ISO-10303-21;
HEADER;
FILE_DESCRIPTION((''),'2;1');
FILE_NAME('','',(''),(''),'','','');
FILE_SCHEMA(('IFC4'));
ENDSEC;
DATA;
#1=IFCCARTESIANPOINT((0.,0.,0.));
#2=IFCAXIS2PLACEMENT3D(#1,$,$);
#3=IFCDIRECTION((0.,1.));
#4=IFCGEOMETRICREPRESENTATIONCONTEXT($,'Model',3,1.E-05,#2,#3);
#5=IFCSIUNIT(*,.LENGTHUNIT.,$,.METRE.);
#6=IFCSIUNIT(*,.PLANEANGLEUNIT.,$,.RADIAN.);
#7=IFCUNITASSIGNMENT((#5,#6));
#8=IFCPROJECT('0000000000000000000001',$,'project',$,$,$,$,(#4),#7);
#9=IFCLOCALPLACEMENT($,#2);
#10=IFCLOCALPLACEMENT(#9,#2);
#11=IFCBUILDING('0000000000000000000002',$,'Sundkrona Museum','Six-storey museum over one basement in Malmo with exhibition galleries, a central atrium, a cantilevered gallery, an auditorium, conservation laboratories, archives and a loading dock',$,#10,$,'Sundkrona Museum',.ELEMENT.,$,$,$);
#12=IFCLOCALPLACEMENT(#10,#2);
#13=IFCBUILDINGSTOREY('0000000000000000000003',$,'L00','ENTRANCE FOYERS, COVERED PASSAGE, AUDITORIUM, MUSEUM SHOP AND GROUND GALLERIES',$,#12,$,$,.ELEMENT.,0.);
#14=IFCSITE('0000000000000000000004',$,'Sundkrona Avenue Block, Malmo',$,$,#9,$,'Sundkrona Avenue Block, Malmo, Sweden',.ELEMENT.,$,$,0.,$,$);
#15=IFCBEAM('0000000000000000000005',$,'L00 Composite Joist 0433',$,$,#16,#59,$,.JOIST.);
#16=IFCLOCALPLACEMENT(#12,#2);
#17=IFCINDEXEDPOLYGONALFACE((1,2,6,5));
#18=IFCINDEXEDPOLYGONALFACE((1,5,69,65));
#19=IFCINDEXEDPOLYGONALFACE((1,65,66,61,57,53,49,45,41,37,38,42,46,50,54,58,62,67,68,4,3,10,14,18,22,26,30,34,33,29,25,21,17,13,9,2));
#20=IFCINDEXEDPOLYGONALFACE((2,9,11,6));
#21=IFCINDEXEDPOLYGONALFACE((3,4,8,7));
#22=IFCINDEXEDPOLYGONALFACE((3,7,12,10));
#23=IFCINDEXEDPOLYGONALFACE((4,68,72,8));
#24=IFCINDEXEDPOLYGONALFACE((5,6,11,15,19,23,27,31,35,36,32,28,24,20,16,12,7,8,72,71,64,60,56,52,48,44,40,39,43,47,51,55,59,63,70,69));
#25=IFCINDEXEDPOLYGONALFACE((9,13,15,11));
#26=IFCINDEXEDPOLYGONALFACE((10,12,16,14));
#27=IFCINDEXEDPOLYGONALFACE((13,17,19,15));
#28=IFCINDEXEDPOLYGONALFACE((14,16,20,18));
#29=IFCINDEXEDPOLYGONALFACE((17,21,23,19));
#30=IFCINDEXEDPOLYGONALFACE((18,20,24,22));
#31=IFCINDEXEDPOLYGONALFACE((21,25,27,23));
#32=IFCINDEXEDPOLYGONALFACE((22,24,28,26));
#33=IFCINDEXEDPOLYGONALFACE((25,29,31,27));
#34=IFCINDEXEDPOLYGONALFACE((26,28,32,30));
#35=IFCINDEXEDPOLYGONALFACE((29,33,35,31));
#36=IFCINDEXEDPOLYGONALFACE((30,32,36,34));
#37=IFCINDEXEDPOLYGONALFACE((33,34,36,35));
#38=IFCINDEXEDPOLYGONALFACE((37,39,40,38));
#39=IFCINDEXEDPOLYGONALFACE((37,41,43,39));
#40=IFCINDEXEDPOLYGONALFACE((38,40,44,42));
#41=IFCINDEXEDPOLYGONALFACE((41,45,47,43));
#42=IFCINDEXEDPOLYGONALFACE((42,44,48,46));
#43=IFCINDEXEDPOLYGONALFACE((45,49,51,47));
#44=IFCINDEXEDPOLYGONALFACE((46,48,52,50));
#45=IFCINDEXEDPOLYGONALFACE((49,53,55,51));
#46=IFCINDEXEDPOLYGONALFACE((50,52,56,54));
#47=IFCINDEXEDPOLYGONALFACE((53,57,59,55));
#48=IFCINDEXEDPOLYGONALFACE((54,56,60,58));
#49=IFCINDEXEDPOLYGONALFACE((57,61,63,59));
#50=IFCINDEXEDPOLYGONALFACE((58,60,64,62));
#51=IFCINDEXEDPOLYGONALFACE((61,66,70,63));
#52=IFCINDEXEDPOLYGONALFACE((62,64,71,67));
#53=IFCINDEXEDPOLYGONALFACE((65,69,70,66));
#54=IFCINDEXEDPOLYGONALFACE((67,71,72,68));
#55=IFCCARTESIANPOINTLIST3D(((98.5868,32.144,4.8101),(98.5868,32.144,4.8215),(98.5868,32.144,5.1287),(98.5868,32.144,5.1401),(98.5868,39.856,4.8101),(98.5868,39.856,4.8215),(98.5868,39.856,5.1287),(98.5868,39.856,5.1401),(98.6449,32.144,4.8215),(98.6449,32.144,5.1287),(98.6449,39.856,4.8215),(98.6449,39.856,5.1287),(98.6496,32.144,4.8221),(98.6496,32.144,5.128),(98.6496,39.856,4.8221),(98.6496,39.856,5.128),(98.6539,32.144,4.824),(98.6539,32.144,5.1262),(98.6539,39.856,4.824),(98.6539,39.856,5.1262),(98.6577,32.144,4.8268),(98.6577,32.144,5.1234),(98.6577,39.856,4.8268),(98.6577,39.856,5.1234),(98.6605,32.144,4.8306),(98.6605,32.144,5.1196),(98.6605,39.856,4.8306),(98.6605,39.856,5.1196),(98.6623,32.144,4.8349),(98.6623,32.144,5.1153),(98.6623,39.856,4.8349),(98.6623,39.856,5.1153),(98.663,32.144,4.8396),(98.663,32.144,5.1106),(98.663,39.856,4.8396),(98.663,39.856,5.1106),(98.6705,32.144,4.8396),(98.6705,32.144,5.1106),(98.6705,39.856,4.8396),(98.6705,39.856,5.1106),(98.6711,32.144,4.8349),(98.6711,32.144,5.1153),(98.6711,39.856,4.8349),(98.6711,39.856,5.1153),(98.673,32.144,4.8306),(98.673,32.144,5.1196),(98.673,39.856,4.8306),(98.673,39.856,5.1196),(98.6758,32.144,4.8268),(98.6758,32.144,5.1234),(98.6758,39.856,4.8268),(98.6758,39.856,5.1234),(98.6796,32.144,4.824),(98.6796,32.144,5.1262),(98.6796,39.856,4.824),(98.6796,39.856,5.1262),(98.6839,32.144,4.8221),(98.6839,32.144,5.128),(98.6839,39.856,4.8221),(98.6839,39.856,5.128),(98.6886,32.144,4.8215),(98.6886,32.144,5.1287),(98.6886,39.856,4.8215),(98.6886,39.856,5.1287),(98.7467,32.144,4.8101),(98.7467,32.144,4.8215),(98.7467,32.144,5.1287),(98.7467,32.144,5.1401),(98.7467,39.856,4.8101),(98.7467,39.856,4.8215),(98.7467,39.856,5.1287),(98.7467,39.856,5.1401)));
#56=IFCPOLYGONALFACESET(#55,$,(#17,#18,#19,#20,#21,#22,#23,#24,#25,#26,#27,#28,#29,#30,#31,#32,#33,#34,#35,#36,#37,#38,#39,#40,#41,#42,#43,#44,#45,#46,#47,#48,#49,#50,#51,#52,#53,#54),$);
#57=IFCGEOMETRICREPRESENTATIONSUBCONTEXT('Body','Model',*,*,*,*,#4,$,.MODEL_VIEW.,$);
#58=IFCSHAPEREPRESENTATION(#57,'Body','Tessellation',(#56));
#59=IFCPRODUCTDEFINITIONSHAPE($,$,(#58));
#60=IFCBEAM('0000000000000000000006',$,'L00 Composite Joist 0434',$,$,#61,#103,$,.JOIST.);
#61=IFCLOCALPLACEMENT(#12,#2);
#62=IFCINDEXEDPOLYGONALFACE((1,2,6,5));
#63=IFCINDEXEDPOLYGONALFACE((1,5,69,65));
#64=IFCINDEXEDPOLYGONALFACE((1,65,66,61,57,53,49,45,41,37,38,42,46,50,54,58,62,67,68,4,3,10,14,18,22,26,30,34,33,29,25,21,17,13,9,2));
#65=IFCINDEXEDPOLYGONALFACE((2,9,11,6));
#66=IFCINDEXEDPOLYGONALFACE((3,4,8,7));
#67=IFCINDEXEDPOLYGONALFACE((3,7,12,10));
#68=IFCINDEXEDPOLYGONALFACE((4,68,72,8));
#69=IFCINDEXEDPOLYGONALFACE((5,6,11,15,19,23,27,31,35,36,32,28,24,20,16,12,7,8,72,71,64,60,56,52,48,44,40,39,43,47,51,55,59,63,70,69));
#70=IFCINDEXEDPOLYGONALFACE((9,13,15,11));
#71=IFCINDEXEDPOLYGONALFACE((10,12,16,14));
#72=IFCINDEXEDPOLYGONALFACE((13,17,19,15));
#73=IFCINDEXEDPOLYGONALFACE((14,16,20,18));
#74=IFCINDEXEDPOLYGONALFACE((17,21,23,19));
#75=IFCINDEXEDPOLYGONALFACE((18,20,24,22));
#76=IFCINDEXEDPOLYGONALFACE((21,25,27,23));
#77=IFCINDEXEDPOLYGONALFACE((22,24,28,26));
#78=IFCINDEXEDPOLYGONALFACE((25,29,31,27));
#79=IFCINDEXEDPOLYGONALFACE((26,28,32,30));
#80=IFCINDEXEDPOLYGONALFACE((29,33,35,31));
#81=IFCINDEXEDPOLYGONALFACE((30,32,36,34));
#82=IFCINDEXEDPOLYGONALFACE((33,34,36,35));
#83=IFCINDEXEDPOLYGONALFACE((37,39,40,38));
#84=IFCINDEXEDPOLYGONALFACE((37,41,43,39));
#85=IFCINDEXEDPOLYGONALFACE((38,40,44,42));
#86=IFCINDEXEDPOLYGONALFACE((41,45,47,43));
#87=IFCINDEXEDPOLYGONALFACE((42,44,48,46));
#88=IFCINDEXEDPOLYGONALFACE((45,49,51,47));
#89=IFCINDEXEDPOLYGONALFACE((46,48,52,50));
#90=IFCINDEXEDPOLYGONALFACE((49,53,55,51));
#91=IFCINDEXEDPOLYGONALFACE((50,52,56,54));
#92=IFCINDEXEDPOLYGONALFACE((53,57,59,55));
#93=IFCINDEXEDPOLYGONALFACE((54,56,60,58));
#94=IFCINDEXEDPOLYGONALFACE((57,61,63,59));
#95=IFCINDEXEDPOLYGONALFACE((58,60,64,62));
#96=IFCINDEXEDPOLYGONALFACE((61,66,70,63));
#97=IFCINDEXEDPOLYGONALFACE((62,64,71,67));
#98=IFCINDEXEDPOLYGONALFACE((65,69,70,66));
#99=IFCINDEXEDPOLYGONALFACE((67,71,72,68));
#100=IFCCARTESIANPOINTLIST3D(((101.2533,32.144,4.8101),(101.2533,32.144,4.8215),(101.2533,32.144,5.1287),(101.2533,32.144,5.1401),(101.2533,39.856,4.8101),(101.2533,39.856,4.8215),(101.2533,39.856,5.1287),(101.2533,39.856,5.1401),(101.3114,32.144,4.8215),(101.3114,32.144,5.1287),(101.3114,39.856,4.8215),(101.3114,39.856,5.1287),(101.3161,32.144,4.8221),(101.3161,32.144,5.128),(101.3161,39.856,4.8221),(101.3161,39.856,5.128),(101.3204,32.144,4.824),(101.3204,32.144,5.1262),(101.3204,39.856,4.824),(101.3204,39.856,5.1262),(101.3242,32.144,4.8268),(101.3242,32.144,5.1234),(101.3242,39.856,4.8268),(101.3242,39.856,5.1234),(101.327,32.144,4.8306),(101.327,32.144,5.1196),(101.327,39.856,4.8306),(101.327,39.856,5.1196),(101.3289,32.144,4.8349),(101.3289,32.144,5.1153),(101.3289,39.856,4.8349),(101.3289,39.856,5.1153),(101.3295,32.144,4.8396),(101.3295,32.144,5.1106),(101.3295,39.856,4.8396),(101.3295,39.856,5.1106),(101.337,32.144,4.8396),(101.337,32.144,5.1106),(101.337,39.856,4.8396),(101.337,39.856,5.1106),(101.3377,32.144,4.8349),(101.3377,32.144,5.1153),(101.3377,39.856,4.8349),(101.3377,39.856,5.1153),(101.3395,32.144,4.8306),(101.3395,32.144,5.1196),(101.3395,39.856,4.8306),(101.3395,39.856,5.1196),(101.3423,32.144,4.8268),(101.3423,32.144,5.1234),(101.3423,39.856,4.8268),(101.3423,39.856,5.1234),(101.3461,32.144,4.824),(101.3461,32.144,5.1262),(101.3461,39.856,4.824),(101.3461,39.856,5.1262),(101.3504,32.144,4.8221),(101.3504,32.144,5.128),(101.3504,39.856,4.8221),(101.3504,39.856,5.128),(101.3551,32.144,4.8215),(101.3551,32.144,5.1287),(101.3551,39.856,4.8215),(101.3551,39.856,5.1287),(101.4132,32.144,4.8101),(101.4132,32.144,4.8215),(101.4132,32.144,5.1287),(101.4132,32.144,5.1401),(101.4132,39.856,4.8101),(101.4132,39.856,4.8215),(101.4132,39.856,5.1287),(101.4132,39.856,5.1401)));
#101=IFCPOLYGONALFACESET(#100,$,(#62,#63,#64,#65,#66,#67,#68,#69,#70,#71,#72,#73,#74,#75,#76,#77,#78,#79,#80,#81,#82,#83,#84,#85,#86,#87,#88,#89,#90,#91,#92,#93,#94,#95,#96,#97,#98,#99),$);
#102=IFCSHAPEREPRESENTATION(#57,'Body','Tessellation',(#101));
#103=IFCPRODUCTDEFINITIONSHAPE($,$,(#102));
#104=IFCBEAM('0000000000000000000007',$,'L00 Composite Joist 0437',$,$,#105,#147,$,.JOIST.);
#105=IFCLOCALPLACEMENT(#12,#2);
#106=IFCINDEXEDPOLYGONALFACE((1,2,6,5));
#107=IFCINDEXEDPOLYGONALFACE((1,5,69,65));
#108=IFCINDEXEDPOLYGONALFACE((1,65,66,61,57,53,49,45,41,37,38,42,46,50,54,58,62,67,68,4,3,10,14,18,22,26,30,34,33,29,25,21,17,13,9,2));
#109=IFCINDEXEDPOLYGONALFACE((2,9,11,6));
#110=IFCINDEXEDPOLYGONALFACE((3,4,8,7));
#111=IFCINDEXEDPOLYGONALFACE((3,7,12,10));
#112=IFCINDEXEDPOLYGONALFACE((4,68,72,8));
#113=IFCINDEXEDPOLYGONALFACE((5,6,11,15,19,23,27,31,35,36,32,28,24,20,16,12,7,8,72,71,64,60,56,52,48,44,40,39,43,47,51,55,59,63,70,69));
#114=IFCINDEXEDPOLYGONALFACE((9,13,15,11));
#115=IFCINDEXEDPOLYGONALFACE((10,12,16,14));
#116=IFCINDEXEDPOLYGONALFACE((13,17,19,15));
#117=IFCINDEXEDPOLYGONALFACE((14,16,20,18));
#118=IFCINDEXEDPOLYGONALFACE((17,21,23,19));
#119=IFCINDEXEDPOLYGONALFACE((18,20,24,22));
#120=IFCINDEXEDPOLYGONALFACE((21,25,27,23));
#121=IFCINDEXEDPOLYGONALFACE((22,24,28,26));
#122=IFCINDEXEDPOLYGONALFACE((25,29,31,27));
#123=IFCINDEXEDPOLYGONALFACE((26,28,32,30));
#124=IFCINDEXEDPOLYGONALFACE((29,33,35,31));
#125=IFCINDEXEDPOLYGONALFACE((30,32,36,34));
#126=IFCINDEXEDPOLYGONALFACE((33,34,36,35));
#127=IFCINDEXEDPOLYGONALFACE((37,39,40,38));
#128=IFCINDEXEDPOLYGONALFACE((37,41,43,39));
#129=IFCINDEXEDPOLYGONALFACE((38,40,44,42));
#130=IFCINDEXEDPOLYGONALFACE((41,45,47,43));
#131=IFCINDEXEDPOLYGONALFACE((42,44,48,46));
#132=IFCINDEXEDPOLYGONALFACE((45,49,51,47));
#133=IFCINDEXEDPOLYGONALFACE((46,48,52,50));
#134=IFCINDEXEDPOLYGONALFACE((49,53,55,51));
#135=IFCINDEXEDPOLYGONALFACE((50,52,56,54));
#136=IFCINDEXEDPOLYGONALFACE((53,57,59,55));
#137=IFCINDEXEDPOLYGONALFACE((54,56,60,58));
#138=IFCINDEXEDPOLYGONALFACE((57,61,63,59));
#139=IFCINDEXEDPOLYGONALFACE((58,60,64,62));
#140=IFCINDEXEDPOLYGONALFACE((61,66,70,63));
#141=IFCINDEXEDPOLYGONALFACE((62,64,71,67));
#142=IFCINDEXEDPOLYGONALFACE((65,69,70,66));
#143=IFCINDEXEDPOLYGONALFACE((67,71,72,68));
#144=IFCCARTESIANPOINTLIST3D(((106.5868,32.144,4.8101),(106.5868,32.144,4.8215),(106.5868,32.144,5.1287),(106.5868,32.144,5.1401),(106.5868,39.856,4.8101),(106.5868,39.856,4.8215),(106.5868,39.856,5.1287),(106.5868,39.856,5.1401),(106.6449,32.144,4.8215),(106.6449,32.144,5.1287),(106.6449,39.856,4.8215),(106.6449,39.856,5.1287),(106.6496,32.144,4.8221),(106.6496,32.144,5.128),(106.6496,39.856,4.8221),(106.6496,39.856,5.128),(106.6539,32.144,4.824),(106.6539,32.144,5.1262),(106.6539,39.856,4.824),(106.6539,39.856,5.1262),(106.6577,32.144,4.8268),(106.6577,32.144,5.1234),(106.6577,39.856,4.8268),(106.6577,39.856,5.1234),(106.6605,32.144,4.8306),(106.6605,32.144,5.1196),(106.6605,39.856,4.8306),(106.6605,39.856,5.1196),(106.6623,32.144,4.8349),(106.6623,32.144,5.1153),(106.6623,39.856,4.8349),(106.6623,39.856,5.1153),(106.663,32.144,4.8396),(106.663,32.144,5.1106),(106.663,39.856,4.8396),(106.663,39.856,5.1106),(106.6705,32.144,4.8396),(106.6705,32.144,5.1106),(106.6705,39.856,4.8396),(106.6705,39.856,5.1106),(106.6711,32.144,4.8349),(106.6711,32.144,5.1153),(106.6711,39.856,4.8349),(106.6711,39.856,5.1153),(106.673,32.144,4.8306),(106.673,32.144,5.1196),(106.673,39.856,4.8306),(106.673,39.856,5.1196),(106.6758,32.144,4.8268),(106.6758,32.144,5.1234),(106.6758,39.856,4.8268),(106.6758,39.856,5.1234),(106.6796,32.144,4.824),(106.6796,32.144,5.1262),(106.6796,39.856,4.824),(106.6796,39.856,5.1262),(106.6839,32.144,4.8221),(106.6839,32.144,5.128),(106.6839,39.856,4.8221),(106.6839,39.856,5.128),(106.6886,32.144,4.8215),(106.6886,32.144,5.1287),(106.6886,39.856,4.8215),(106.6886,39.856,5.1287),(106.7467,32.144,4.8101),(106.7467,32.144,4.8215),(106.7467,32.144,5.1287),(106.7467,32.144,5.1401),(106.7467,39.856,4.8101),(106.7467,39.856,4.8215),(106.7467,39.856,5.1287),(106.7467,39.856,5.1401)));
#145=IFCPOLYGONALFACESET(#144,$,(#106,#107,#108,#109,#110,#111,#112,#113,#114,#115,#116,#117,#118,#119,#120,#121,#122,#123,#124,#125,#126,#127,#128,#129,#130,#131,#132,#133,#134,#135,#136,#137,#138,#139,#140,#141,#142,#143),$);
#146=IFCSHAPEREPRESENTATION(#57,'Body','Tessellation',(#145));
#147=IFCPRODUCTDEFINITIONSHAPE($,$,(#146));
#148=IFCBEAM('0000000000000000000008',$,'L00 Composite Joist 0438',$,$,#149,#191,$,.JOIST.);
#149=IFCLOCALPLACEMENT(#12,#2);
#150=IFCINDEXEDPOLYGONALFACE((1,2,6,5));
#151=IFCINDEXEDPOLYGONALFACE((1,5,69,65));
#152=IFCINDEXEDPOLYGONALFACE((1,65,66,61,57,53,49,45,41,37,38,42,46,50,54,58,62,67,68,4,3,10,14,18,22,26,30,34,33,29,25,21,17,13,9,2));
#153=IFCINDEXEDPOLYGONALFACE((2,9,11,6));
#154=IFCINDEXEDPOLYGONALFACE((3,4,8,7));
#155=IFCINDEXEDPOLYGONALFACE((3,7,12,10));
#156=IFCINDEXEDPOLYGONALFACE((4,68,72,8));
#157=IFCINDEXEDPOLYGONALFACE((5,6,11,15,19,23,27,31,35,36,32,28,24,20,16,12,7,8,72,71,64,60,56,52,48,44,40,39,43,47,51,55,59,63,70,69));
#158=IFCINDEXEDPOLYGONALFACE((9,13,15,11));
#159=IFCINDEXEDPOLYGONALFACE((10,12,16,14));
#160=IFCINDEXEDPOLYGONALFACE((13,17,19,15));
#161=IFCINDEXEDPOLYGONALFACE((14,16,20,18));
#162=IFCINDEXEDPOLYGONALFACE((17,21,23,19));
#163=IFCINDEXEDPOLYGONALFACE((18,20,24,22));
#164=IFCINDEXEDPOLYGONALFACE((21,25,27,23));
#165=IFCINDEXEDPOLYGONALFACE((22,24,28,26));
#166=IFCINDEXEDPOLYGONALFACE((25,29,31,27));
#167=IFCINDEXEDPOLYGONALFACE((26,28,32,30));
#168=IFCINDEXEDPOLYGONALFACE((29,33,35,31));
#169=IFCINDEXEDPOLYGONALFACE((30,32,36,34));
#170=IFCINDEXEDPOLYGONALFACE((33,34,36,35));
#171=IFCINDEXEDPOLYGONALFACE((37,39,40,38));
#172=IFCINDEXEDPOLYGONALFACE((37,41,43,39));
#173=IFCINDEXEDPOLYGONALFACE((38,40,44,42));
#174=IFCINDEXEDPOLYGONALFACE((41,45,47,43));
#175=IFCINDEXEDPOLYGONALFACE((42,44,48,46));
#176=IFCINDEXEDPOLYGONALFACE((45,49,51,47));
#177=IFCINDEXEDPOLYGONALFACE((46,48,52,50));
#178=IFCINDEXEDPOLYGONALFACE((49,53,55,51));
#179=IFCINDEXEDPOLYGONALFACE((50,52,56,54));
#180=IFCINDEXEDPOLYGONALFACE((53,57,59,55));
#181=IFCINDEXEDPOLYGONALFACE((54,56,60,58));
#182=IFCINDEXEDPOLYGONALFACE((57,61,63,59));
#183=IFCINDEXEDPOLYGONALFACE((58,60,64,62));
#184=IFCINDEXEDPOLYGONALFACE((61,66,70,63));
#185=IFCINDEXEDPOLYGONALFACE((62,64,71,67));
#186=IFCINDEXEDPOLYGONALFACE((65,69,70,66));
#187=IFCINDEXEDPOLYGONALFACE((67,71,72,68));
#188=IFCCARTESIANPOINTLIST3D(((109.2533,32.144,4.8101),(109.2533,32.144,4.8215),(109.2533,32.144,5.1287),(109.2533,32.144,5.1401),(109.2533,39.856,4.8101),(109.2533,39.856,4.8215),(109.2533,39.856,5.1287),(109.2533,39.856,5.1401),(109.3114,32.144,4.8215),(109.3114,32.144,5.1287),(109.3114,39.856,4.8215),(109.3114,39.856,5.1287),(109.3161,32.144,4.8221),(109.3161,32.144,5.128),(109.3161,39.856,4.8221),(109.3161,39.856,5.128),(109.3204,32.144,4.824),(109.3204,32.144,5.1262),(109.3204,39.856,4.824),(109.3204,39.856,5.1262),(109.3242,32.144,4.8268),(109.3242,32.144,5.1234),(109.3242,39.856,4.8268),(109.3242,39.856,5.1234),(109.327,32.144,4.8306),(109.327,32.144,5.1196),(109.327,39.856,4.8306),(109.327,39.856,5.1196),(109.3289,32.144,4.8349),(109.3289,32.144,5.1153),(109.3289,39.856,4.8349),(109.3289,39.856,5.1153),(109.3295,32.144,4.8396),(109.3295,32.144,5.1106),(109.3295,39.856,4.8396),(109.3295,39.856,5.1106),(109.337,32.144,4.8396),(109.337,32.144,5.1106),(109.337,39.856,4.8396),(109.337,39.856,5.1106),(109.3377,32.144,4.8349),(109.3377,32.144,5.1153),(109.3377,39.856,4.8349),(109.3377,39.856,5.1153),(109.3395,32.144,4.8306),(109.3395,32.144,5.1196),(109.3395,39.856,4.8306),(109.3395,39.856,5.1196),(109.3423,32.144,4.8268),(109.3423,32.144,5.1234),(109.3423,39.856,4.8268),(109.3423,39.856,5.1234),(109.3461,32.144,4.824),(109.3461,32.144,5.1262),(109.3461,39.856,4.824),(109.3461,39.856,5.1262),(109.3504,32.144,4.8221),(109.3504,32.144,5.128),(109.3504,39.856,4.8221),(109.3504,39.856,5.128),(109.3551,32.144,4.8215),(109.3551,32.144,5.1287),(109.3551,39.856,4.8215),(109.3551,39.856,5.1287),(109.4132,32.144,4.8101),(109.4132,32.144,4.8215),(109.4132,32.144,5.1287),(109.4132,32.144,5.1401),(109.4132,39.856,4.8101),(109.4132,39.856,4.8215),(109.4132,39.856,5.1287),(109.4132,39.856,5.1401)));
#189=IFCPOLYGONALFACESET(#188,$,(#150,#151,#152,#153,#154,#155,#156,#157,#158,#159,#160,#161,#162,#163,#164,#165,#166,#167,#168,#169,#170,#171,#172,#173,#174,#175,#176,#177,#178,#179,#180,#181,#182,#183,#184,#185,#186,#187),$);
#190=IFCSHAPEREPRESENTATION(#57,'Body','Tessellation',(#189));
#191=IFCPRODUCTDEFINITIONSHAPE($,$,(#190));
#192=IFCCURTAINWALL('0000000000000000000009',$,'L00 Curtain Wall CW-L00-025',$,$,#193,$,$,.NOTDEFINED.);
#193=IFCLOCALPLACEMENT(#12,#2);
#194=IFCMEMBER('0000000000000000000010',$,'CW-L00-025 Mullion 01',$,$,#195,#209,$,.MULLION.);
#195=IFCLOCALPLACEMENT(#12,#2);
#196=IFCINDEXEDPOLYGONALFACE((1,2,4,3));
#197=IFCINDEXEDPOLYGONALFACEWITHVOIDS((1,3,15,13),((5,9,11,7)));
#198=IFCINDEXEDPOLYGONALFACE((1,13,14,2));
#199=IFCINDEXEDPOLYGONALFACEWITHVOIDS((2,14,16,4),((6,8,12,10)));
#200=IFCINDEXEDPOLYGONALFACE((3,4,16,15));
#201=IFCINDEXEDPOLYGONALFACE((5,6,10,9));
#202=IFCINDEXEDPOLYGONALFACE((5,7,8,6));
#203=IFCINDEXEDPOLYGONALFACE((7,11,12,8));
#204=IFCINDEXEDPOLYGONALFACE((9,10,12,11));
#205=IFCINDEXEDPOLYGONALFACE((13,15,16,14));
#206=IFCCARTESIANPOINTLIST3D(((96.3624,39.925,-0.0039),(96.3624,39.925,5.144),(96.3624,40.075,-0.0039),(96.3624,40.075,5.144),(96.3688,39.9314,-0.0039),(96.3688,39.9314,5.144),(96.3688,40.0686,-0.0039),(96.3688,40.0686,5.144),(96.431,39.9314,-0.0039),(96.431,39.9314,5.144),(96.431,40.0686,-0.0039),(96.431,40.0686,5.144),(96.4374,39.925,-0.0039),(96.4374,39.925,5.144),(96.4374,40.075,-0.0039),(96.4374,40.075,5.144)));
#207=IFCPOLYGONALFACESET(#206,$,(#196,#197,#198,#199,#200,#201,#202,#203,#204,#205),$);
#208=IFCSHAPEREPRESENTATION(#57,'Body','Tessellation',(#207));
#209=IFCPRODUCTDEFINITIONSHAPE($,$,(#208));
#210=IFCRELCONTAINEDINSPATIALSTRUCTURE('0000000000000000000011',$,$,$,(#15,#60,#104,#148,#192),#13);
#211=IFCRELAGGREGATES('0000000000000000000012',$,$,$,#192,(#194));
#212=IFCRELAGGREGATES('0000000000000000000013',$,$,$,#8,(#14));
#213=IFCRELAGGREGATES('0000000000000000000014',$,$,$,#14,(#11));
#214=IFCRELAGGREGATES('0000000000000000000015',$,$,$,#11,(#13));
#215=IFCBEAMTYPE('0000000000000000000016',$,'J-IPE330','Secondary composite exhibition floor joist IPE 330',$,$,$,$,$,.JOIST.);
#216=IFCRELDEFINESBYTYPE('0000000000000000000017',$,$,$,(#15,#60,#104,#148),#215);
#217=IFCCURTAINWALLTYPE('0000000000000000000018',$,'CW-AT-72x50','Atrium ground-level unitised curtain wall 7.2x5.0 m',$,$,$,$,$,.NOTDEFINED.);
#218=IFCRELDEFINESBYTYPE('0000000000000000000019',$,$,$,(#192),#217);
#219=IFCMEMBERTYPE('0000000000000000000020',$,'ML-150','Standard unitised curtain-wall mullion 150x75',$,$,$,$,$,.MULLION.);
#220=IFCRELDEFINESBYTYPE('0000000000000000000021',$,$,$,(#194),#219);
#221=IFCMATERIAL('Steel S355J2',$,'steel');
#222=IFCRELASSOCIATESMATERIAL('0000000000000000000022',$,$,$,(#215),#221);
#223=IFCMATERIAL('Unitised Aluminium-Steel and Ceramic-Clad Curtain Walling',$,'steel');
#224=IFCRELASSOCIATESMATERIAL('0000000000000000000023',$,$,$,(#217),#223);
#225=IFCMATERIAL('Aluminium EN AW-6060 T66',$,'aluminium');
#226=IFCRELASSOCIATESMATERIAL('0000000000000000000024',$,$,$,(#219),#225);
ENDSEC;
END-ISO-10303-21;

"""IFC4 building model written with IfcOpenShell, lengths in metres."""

from ifc_helpers import new_model, si_unit, direction, frame, origin, origin_2d, place, context, subcontext, project, spatial, hollow_rectangle, i_section, extrude, material, material_profile, profile_set, type_object, element, aggregate, save


model = new_model("IFC4")

# Units and contexts
model_context = context("Model", 3, precision=1e-05, world=origin(), true_north=direction((0.0, 1.0)))
body_context = subcontext(model_context, "Body", "Model", "MODEL_VIEW")
ifc_project = project(units=[si_unit("LENGTHUNIT", "METRE"), si_unit("PLANEANGLEUNIT", "RADIAN")], contexts=[model_context])

# Site, building, storey
site_placement = place(None, origin())
site = spatial("IfcSite", under=ifc_project, at=site_placement, Name="Sundkrona Avenue Block, Malmo", LongName="Sundkrona Avenue Block, Malmo, Sweden", CompositionType="ELEMENT", RefElevation=0.0)
building_placement = place(site_placement, origin())
building = spatial("IfcBuilding", under=site, at=building_placement, Name="Sundkrona Museum", Description="Six-storey museum over one basement in Malmo with exhibition galleries, a central atrium, a cantilevered gallery, an auditorium, conservation laboratories, archives and a loading dock", LongName="Sundkrona Museum", CompositionType="ELEMENT")
storey_placement = place(building_placement, origin())
storey = spatial("IfcBuildingStorey", under=building, at=storey_placement, Name="L00", Description="ENTRANCE FOYERS, COVERED PASSAGE, AUDITORIUM, MUSEUM SHOP AND GROUND GALLERIES", CompositionType="ELEMENT", Elevation=0.0)

# Shared definitions
ifc_material_1 = material(Name="Steel S355J2", Category="steel")

# Beams
ifc_material_profile_1 = material_profile(ifc_material_1, i_section(OverallWidth=0.1599, OverallDepth=0.3301, WebThickness=0.0076, FlangeThickness=0.0115, FilletRadius=0.0181, at=origin_2d()), Name="IPE 330")
ifc_profile_set_1 = profile_set([ifc_material_profile_1], Name="Steel S355J2")
beam_type_1 = type_object("IfcBeamType", Name="J-IPE330", Description="Secondary composite exhibition floor joist IPE 330", PredefinedType="JOIST", material=ifc_profile_set_1)
for number, where, z_axis, x_axis, name in (
    (1, (98.6667, 32.144, 4.9751), (0.0, 1.0, 0.0), (-1.0, 0.0, 0.0), "L00 Composite Joist 0433"),
    (2, (101.3333, 32.144, 4.9751), (0.0, 1.0, 0.0), (-1.0, 0.0, 0.0), "L00 Composite Joist 0434"),
    (3, (106.6667, 32.144, 4.9751), (0.0, 1.0, 0.0), (-1.0, 0.0, 0.0), "L00 Composite Joist 0437"),
    (4, (109.3333, 32.144, 4.9751), (0.0, 1.0, 0.0), (-1.0, 0.0, 0.0), "L00 Composite Joist 0438"),
):
    element("IfcBeam", number, at=place(storey_placement, frame(where, z_axis=z_axis, x_axis=x_axis)), inside=storey, type_object=beam_type_1, Name=name, PredefinedType="JOIST", context=body_context, shape_type="SweptSolid", body=[
        extrude(i_section(OverallWidth=0.1599, OverallDepth=0.3301, WebThickness=0.0076, FlangeThickness=0.0115, FilletRadius=0.0181, at=origin_2d()), origin(), (0.0, 0.0, 1.0), 7.7119),
    ])

# Curtain wall, member
ifc_material_2 = material(Name="Unitised Aluminium-Steel and Ceramic-Clad Curtain Walling", Category="steel")
curtain_wall_type = type_object("IfcCurtainWallType", Name="CW-AT-72x50", Description="Atrium ground-level unitised curtain wall 7.2x5.0 m", PredefinedType="NOTDEFINED", material=ifc_material_2)
curtain_wall_placement = place(storey_placement, origin())
curtain_wall = element("IfcCurtainWall", 5, at=curtain_wall_placement, inside=storey, type_object=curtain_wall_type, Name="L00 Curtain Wall CW-L00-025", PredefinedType="NOTDEFINED")
ifc_material_3 = material(Name="Aluminium EN AW-6060 T66", Category="aluminium")
ifc_material_profile_2 = material_profile(ifc_material_3, hollow_rectangle(XDim=0.075, YDim=0.1499, WallThickness=0.0063, at=origin_2d()), Name="RHS 150x75x6.3")
ifc_profile_set_2 = profile_set([ifc_material_profile_2], Name="Aluminium EN AW-6060 T66")
member_type_1 = type_object("IfcMemberType", Name="ML-150", Description="Standard unitised curtain-wall mullion 150x75", PredefinedType="MULLION", material=ifc_profile_set_2)
member_1_placement = place(storey_placement, frame((96.3999, 40.0, -0.0039), z_axis=(0.0, 0.0, 1.0), x_axis=(1.0, 0.0, 0.0)))
member_1 = element("IfcMember", 6, at=member_1_placement, type_object=member_type_1, Name="CW-L00-025 Mullion 01", PredefinedType="MULLION", context=body_context, shape_type="SweptSolid", body=[
    extrude(hollow_rectangle(XDim=0.075, YDim=0.1499, WallThickness=0.0063, at=origin_2d()), origin(), (0.0, 0.0, 1.0), 5.1479),
])
aggregate(curtain_wall, [member_1])

save(model, "model.ifc")
